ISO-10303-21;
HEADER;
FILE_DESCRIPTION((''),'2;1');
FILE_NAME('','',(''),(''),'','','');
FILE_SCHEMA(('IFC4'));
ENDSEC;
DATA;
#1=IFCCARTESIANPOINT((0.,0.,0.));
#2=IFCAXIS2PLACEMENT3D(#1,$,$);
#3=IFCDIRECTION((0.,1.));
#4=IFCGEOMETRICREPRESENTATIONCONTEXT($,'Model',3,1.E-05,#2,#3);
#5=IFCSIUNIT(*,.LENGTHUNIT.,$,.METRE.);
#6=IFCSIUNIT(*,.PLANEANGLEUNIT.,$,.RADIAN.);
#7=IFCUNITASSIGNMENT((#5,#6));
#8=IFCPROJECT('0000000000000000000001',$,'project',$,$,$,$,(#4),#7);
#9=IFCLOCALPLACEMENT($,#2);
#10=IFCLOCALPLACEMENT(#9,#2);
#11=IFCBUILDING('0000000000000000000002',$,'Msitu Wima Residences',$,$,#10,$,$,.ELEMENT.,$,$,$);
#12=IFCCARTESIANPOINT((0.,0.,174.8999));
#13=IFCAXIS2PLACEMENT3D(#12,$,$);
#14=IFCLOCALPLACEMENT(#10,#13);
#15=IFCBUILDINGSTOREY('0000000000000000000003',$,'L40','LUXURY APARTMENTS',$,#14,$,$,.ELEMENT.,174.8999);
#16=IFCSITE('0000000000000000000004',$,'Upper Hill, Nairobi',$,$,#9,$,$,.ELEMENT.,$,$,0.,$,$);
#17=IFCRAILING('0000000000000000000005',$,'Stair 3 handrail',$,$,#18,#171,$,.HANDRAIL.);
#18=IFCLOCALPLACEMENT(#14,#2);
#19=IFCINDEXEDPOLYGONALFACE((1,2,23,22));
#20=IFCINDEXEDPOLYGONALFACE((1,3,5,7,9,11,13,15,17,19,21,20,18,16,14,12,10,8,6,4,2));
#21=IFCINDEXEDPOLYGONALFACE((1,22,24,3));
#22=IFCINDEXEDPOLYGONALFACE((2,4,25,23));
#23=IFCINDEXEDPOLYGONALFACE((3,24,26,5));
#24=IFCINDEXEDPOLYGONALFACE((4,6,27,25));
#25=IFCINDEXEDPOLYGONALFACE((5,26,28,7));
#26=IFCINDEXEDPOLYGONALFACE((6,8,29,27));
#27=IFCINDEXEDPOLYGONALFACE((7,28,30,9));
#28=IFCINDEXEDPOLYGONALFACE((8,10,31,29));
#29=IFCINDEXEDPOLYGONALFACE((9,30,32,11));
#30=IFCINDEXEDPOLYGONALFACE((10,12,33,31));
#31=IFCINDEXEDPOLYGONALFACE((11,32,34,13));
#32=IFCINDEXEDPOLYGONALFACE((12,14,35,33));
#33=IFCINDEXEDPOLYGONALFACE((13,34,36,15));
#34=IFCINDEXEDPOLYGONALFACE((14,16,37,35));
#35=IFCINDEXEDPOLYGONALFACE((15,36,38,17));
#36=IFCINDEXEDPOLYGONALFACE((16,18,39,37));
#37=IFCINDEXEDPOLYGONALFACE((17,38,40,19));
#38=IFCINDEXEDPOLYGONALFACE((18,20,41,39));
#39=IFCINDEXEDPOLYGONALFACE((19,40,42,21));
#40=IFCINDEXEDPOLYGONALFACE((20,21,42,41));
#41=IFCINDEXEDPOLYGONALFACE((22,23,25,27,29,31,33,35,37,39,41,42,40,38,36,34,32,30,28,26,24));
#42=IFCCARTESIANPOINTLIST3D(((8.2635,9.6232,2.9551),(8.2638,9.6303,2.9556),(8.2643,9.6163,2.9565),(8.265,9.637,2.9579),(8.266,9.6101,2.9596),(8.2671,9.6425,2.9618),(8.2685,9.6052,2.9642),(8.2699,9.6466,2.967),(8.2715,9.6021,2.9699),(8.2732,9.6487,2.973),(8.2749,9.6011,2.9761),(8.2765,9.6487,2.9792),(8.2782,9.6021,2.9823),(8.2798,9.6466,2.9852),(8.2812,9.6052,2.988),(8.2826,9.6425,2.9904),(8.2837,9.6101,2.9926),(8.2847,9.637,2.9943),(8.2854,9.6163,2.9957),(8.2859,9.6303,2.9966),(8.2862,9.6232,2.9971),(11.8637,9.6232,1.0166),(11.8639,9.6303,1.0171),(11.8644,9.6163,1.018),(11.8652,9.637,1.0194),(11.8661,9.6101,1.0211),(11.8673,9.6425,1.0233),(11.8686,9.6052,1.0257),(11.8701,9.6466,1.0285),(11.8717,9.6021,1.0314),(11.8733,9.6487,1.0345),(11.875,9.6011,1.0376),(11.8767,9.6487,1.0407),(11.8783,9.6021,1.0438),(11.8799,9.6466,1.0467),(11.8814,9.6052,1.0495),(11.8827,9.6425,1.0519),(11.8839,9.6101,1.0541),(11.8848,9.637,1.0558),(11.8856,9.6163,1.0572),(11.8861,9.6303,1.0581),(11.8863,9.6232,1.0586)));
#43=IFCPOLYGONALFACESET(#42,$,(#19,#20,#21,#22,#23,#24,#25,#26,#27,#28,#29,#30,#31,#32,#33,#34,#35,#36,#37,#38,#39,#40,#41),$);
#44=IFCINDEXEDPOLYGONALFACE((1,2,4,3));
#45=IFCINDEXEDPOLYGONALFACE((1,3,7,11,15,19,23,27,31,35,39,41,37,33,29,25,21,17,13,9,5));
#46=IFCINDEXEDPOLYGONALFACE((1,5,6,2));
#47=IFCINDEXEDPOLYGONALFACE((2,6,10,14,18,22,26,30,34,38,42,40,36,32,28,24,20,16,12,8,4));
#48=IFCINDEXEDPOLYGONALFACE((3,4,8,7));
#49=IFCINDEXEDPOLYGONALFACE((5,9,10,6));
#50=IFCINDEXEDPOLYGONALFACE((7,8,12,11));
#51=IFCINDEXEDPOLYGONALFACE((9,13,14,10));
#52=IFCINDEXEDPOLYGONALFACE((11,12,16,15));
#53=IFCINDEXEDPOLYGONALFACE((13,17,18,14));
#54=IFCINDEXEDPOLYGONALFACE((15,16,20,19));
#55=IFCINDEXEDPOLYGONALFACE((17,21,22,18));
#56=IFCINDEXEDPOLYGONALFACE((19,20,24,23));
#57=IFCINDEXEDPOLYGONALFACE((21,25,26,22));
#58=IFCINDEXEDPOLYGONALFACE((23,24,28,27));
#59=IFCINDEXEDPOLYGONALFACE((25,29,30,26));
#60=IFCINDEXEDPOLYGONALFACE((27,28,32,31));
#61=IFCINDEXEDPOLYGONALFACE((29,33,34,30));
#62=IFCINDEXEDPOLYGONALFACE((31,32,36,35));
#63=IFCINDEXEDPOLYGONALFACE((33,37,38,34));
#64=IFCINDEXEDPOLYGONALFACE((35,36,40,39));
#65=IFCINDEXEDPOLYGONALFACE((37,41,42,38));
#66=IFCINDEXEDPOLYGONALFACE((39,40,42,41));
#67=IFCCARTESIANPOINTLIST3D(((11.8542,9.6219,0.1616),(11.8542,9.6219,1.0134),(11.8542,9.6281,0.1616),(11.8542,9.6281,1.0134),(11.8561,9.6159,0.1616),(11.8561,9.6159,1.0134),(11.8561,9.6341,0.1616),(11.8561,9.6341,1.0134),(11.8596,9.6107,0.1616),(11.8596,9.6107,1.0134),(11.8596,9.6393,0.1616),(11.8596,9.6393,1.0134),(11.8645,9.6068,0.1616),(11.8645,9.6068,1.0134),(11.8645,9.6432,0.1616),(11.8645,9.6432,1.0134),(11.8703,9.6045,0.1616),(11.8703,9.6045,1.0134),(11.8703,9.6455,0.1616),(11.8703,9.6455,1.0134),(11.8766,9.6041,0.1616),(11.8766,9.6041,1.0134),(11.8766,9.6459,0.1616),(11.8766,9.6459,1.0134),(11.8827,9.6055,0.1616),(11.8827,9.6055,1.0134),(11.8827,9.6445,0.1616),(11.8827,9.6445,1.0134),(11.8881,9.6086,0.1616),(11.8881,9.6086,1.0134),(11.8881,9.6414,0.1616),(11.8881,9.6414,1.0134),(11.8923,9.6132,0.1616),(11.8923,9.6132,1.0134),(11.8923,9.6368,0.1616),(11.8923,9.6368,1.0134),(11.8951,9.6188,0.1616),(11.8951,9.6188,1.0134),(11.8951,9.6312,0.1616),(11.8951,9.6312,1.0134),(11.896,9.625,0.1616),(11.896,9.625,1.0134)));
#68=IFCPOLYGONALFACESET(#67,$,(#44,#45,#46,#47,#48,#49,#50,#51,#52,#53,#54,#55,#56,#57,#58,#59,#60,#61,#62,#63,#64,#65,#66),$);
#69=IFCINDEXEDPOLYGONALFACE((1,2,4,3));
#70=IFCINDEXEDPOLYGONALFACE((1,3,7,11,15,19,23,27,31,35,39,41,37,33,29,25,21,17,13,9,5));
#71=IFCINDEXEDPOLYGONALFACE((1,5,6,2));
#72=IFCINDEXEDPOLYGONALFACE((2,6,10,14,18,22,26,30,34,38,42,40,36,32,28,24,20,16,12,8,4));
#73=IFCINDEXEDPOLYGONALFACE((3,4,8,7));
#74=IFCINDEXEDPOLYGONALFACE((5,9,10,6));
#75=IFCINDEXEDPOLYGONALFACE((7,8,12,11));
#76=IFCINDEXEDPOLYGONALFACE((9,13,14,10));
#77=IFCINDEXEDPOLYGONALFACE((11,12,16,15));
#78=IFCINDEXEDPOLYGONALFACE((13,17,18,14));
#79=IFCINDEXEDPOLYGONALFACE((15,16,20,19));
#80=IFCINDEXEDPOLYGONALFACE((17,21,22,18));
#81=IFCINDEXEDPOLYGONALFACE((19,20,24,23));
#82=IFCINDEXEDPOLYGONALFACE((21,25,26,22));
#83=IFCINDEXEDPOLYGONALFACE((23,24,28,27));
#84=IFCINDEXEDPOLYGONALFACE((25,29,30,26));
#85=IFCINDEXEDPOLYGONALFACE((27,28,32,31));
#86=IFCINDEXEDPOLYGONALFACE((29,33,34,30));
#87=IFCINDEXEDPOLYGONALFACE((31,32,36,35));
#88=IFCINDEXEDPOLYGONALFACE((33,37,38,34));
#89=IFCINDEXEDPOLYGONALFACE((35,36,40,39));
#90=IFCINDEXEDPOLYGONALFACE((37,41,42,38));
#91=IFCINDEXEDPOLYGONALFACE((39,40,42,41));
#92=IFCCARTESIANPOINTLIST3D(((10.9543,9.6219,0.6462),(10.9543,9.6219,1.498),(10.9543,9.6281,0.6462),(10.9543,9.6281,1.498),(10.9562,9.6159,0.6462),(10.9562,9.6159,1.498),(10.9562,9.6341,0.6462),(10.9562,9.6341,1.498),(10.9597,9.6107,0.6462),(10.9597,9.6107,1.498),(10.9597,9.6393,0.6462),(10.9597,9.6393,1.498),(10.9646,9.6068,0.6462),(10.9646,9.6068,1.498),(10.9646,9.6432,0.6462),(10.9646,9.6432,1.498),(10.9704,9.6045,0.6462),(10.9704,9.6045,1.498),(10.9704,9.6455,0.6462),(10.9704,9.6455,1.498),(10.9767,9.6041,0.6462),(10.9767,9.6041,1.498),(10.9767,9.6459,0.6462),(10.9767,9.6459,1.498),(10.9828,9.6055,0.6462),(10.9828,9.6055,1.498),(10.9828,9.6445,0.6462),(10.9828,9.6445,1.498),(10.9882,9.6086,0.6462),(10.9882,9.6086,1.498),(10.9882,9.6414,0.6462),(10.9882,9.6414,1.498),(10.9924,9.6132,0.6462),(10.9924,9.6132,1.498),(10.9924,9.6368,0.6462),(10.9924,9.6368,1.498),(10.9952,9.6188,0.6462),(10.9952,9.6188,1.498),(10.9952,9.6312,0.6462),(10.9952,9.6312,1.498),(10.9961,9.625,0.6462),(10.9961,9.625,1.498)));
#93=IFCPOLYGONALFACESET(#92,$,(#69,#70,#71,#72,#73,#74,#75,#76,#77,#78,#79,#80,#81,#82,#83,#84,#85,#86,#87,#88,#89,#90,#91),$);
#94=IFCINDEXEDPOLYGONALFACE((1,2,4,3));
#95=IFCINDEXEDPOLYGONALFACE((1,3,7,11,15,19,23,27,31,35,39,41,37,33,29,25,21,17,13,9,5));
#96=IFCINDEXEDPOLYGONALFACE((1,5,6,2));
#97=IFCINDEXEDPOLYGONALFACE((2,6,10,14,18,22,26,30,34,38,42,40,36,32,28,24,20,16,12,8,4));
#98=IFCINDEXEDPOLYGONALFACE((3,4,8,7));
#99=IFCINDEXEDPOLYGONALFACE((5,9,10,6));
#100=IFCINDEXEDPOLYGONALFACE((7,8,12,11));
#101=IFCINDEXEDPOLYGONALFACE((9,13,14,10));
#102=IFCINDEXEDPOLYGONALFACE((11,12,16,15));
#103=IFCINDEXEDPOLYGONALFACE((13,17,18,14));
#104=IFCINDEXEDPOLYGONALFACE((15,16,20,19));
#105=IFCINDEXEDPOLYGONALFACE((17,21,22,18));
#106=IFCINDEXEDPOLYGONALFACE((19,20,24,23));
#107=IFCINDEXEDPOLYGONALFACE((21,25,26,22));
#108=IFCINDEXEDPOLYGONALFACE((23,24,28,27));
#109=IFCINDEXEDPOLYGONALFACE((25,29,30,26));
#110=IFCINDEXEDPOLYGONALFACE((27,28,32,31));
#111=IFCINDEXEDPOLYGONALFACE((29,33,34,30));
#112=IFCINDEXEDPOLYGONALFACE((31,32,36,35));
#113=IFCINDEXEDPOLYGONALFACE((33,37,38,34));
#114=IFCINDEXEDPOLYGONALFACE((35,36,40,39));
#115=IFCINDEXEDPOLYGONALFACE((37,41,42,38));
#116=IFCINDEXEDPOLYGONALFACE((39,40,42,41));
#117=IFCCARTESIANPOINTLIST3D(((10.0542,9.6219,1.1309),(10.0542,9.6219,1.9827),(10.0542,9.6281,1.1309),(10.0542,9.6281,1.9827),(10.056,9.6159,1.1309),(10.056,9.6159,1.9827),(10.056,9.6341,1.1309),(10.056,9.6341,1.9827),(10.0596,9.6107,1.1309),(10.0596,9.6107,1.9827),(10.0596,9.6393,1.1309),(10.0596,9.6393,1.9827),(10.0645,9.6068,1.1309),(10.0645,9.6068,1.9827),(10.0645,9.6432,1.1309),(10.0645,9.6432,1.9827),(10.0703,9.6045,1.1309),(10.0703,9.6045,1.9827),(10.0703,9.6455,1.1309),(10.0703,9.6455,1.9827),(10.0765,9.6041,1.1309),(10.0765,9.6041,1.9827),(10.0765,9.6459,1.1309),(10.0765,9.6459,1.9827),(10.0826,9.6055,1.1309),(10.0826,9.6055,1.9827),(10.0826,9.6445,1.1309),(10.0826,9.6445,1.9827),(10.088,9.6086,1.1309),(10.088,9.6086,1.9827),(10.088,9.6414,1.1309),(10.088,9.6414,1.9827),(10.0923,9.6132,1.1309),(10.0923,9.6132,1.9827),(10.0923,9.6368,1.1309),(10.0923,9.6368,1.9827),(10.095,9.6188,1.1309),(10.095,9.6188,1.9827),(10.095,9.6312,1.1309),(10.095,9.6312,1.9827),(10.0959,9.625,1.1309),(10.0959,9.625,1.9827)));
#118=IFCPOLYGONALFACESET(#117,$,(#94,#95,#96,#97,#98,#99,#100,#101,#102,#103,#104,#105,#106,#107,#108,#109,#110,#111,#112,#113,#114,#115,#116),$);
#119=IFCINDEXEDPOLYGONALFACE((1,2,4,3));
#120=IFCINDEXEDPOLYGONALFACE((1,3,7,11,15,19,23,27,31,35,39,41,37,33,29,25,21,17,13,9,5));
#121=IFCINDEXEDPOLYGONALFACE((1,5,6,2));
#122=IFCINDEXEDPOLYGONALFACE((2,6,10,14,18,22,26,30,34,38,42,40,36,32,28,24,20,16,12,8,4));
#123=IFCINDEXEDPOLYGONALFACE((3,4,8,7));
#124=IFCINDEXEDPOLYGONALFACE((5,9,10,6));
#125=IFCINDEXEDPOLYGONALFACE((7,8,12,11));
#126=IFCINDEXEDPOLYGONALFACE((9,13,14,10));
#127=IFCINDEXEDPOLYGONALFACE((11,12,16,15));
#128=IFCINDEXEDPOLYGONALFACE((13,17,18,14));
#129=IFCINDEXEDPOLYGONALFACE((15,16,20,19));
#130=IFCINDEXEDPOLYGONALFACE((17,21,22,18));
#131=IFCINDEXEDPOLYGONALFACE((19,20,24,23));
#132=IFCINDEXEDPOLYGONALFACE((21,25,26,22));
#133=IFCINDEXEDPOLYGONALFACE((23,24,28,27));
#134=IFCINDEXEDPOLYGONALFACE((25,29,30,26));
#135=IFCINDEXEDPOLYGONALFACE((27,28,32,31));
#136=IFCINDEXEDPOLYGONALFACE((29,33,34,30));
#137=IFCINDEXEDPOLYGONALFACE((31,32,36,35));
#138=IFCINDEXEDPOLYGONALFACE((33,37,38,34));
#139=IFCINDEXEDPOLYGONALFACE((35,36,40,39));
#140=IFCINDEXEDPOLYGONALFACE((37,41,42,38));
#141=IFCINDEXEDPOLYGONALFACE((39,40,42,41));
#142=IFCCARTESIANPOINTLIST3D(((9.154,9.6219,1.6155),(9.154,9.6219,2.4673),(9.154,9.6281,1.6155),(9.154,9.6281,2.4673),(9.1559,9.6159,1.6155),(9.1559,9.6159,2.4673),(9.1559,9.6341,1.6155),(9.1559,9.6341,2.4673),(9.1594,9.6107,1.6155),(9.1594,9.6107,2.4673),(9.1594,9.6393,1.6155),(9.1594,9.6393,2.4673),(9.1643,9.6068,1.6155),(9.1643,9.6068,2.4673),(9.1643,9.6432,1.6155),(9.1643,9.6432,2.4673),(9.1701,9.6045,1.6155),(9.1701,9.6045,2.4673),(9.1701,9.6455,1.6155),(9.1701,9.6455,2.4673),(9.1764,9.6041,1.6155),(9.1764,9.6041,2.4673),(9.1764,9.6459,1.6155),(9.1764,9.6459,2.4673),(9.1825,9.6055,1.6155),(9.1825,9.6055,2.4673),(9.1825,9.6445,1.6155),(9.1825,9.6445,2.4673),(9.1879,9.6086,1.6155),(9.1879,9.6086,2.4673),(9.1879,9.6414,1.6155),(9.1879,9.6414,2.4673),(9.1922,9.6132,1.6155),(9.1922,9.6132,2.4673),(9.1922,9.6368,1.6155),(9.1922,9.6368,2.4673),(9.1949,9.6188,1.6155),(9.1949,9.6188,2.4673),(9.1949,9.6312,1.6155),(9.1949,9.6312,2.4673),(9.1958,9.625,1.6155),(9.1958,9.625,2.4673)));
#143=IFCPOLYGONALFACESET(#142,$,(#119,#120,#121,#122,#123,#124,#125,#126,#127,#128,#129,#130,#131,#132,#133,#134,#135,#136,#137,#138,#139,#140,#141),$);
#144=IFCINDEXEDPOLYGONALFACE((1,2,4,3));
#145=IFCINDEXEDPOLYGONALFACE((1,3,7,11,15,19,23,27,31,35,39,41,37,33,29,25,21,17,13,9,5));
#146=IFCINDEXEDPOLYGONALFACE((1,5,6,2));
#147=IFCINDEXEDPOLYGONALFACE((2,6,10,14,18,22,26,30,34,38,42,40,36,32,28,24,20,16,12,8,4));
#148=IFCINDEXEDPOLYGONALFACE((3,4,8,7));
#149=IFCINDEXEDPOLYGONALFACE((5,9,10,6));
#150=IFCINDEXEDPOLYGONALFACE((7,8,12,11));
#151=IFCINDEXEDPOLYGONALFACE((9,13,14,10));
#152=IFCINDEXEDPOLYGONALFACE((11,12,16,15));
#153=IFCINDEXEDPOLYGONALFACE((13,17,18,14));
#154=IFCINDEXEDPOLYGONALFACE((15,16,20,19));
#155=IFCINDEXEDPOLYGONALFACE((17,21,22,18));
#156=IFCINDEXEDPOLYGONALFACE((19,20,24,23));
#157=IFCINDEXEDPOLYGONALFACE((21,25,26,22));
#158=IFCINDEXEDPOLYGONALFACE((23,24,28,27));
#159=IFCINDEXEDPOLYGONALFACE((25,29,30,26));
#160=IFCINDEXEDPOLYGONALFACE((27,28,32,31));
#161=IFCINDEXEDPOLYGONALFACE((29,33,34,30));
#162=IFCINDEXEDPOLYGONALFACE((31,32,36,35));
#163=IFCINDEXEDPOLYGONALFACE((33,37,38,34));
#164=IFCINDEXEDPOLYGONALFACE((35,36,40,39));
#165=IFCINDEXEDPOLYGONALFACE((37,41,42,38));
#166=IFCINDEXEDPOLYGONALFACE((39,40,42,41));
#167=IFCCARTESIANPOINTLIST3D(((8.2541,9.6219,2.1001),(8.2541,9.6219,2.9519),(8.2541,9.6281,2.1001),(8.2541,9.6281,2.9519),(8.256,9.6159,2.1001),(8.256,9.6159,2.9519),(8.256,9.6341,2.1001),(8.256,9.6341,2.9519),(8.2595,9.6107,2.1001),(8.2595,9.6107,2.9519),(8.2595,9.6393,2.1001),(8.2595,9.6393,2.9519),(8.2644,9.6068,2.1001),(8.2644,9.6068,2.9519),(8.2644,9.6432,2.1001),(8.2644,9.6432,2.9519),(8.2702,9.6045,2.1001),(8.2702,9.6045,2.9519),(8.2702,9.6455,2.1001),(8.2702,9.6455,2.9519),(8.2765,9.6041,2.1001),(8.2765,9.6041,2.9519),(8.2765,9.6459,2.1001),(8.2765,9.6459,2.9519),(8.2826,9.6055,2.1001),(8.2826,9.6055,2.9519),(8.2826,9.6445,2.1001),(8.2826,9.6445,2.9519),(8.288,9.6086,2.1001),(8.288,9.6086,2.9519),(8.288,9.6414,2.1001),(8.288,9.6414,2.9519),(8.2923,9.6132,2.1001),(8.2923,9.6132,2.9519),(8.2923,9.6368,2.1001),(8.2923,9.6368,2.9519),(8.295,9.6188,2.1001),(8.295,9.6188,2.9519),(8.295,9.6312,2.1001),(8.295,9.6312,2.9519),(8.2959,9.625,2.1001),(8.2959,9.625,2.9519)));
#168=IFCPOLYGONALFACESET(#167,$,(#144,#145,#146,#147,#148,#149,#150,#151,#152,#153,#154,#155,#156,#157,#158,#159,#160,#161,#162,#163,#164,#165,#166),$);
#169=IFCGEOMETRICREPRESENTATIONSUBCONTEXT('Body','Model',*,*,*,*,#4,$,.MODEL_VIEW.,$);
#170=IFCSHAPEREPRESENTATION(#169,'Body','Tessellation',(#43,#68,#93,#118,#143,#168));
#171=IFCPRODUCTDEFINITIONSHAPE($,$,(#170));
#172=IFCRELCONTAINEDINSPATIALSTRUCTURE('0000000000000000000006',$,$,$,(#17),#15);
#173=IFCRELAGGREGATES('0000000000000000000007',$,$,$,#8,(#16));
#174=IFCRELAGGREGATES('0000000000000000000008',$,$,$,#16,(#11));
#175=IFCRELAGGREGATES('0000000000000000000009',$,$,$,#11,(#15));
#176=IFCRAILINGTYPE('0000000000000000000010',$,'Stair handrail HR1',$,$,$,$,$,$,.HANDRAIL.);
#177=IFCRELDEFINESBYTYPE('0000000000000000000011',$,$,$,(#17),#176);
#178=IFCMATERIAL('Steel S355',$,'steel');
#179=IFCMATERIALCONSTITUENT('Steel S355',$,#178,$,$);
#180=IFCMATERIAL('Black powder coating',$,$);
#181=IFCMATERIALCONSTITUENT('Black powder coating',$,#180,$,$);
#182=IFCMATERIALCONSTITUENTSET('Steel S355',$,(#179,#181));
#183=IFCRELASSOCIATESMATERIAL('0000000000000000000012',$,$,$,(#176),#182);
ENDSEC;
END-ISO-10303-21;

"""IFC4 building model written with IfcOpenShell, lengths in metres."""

from ifc_helpers import new_model, si_unit, direction, frame, origin, origin_2d, place, context, subcontext, project, spatial, circle, extrude, material, constituent, constituent_set, type_object, element, save


model = new_model("IFC4")

# Units and contexts
model_context = context("Model", 3, precision=1e-05, world=origin(), true_north=direction((0.0, 1.0)))
body_context = subcontext(model_context, "Body", "Model", "MODEL_VIEW")
ifc_project = project(units=[si_unit("LENGTHUNIT", "METRE"), si_unit("PLANEANGLEUNIT", "RADIAN")], contexts=[model_context])

# Site, building, storey
site_placement = place(None, origin())
site = spatial("IfcSite", under=ifc_project, at=site_placement, Name="Upper Hill, Nairobi", CompositionType="ELEMENT", RefElevation=0.0)
building_placement = place(site_placement, origin())
building = spatial("IfcBuilding", under=site, at=building_placement, Name="Msitu Wima Residences", CompositionType="ELEMENT")
storey_placement = place(building_placement, frame((0.0, 0.0, 174.8999)))
storey = spatial("IfcBuildingStorey", under=building, at=storey_placement, Name="L40", Description="LUXURY APARTMENTS", CompositionType="ELEMENT", Elevation=174.8999)

# Railing
ifc_material_1 = material(Name="Steel S355", Category="steel")
ifc_constituent_1 = constituent(ifc_material_1, Name="Steel S355")
ifc_material_2 = material(Name="Black powder coating")
ifc_constituent_2 = constituent(ifc_material_2, Name="Black powder coating")
ifc_constituent_set_1 = constituent_set(constituents=[ifc_constituent_1, ifc_constituent_2], Name="Steel S355")
railing_type_1 = type_object("IfcRailingType", Name="Stair handrail HR1", PredefinedType="HANDRAIL", material=ifc_constituent_set_1)
for number, where, name in (
    (1, (11.875, 9.625, 0.1616), "Stair 3 handrail"),
):
    element("IfcRailing", number, at=place(storey_placement, frame(where)), inside=storey, type_object=railing_type_1, Name=name, PredefinedType="HANDRAIL", context=body_context, shape_type="SweptSolid", body=[
        extrude(circle(Radius=0.0239, at=origin_2d()), frame((0.0, 0.0, 0.876), z_axis=(-0.880475, 0.0, 0.474093), x_axis=(0.0, -1.0, 0.0)), (0.0, 0.0, 1.0), 4.0889),
        extrude(circle(Radius=0.021, at=origin_2d()), origin(), (0.0, 0.0, 1.0), 0.8518),
        extrude(circle(Radius=0.021, at=origin_2d()), frame((-0.8999, 0.0, 0.4846)), (0.0, 0.0, 1.0), 0.8518),
        extrude(circle(Radius=0.021, at=origin_2d()), frame((-1.8, 0.0, 0.9692)), (0.0, 0.0, 1.0), 0.8518),
        extrude(circle(Radius=0.021, at=origin_2d()), frame((-2.7002, 0.0, 1.4539)), (0.0, 0.0, 1.0), 0.8518),
        extrude(circle(Radius=0.021, at=origin_2d()), frame((-3.6001, 0.0, 1.9385)), (0.0, 0.0, 1.0), 0.8518),
    ])

save(model, "model.ifc")
